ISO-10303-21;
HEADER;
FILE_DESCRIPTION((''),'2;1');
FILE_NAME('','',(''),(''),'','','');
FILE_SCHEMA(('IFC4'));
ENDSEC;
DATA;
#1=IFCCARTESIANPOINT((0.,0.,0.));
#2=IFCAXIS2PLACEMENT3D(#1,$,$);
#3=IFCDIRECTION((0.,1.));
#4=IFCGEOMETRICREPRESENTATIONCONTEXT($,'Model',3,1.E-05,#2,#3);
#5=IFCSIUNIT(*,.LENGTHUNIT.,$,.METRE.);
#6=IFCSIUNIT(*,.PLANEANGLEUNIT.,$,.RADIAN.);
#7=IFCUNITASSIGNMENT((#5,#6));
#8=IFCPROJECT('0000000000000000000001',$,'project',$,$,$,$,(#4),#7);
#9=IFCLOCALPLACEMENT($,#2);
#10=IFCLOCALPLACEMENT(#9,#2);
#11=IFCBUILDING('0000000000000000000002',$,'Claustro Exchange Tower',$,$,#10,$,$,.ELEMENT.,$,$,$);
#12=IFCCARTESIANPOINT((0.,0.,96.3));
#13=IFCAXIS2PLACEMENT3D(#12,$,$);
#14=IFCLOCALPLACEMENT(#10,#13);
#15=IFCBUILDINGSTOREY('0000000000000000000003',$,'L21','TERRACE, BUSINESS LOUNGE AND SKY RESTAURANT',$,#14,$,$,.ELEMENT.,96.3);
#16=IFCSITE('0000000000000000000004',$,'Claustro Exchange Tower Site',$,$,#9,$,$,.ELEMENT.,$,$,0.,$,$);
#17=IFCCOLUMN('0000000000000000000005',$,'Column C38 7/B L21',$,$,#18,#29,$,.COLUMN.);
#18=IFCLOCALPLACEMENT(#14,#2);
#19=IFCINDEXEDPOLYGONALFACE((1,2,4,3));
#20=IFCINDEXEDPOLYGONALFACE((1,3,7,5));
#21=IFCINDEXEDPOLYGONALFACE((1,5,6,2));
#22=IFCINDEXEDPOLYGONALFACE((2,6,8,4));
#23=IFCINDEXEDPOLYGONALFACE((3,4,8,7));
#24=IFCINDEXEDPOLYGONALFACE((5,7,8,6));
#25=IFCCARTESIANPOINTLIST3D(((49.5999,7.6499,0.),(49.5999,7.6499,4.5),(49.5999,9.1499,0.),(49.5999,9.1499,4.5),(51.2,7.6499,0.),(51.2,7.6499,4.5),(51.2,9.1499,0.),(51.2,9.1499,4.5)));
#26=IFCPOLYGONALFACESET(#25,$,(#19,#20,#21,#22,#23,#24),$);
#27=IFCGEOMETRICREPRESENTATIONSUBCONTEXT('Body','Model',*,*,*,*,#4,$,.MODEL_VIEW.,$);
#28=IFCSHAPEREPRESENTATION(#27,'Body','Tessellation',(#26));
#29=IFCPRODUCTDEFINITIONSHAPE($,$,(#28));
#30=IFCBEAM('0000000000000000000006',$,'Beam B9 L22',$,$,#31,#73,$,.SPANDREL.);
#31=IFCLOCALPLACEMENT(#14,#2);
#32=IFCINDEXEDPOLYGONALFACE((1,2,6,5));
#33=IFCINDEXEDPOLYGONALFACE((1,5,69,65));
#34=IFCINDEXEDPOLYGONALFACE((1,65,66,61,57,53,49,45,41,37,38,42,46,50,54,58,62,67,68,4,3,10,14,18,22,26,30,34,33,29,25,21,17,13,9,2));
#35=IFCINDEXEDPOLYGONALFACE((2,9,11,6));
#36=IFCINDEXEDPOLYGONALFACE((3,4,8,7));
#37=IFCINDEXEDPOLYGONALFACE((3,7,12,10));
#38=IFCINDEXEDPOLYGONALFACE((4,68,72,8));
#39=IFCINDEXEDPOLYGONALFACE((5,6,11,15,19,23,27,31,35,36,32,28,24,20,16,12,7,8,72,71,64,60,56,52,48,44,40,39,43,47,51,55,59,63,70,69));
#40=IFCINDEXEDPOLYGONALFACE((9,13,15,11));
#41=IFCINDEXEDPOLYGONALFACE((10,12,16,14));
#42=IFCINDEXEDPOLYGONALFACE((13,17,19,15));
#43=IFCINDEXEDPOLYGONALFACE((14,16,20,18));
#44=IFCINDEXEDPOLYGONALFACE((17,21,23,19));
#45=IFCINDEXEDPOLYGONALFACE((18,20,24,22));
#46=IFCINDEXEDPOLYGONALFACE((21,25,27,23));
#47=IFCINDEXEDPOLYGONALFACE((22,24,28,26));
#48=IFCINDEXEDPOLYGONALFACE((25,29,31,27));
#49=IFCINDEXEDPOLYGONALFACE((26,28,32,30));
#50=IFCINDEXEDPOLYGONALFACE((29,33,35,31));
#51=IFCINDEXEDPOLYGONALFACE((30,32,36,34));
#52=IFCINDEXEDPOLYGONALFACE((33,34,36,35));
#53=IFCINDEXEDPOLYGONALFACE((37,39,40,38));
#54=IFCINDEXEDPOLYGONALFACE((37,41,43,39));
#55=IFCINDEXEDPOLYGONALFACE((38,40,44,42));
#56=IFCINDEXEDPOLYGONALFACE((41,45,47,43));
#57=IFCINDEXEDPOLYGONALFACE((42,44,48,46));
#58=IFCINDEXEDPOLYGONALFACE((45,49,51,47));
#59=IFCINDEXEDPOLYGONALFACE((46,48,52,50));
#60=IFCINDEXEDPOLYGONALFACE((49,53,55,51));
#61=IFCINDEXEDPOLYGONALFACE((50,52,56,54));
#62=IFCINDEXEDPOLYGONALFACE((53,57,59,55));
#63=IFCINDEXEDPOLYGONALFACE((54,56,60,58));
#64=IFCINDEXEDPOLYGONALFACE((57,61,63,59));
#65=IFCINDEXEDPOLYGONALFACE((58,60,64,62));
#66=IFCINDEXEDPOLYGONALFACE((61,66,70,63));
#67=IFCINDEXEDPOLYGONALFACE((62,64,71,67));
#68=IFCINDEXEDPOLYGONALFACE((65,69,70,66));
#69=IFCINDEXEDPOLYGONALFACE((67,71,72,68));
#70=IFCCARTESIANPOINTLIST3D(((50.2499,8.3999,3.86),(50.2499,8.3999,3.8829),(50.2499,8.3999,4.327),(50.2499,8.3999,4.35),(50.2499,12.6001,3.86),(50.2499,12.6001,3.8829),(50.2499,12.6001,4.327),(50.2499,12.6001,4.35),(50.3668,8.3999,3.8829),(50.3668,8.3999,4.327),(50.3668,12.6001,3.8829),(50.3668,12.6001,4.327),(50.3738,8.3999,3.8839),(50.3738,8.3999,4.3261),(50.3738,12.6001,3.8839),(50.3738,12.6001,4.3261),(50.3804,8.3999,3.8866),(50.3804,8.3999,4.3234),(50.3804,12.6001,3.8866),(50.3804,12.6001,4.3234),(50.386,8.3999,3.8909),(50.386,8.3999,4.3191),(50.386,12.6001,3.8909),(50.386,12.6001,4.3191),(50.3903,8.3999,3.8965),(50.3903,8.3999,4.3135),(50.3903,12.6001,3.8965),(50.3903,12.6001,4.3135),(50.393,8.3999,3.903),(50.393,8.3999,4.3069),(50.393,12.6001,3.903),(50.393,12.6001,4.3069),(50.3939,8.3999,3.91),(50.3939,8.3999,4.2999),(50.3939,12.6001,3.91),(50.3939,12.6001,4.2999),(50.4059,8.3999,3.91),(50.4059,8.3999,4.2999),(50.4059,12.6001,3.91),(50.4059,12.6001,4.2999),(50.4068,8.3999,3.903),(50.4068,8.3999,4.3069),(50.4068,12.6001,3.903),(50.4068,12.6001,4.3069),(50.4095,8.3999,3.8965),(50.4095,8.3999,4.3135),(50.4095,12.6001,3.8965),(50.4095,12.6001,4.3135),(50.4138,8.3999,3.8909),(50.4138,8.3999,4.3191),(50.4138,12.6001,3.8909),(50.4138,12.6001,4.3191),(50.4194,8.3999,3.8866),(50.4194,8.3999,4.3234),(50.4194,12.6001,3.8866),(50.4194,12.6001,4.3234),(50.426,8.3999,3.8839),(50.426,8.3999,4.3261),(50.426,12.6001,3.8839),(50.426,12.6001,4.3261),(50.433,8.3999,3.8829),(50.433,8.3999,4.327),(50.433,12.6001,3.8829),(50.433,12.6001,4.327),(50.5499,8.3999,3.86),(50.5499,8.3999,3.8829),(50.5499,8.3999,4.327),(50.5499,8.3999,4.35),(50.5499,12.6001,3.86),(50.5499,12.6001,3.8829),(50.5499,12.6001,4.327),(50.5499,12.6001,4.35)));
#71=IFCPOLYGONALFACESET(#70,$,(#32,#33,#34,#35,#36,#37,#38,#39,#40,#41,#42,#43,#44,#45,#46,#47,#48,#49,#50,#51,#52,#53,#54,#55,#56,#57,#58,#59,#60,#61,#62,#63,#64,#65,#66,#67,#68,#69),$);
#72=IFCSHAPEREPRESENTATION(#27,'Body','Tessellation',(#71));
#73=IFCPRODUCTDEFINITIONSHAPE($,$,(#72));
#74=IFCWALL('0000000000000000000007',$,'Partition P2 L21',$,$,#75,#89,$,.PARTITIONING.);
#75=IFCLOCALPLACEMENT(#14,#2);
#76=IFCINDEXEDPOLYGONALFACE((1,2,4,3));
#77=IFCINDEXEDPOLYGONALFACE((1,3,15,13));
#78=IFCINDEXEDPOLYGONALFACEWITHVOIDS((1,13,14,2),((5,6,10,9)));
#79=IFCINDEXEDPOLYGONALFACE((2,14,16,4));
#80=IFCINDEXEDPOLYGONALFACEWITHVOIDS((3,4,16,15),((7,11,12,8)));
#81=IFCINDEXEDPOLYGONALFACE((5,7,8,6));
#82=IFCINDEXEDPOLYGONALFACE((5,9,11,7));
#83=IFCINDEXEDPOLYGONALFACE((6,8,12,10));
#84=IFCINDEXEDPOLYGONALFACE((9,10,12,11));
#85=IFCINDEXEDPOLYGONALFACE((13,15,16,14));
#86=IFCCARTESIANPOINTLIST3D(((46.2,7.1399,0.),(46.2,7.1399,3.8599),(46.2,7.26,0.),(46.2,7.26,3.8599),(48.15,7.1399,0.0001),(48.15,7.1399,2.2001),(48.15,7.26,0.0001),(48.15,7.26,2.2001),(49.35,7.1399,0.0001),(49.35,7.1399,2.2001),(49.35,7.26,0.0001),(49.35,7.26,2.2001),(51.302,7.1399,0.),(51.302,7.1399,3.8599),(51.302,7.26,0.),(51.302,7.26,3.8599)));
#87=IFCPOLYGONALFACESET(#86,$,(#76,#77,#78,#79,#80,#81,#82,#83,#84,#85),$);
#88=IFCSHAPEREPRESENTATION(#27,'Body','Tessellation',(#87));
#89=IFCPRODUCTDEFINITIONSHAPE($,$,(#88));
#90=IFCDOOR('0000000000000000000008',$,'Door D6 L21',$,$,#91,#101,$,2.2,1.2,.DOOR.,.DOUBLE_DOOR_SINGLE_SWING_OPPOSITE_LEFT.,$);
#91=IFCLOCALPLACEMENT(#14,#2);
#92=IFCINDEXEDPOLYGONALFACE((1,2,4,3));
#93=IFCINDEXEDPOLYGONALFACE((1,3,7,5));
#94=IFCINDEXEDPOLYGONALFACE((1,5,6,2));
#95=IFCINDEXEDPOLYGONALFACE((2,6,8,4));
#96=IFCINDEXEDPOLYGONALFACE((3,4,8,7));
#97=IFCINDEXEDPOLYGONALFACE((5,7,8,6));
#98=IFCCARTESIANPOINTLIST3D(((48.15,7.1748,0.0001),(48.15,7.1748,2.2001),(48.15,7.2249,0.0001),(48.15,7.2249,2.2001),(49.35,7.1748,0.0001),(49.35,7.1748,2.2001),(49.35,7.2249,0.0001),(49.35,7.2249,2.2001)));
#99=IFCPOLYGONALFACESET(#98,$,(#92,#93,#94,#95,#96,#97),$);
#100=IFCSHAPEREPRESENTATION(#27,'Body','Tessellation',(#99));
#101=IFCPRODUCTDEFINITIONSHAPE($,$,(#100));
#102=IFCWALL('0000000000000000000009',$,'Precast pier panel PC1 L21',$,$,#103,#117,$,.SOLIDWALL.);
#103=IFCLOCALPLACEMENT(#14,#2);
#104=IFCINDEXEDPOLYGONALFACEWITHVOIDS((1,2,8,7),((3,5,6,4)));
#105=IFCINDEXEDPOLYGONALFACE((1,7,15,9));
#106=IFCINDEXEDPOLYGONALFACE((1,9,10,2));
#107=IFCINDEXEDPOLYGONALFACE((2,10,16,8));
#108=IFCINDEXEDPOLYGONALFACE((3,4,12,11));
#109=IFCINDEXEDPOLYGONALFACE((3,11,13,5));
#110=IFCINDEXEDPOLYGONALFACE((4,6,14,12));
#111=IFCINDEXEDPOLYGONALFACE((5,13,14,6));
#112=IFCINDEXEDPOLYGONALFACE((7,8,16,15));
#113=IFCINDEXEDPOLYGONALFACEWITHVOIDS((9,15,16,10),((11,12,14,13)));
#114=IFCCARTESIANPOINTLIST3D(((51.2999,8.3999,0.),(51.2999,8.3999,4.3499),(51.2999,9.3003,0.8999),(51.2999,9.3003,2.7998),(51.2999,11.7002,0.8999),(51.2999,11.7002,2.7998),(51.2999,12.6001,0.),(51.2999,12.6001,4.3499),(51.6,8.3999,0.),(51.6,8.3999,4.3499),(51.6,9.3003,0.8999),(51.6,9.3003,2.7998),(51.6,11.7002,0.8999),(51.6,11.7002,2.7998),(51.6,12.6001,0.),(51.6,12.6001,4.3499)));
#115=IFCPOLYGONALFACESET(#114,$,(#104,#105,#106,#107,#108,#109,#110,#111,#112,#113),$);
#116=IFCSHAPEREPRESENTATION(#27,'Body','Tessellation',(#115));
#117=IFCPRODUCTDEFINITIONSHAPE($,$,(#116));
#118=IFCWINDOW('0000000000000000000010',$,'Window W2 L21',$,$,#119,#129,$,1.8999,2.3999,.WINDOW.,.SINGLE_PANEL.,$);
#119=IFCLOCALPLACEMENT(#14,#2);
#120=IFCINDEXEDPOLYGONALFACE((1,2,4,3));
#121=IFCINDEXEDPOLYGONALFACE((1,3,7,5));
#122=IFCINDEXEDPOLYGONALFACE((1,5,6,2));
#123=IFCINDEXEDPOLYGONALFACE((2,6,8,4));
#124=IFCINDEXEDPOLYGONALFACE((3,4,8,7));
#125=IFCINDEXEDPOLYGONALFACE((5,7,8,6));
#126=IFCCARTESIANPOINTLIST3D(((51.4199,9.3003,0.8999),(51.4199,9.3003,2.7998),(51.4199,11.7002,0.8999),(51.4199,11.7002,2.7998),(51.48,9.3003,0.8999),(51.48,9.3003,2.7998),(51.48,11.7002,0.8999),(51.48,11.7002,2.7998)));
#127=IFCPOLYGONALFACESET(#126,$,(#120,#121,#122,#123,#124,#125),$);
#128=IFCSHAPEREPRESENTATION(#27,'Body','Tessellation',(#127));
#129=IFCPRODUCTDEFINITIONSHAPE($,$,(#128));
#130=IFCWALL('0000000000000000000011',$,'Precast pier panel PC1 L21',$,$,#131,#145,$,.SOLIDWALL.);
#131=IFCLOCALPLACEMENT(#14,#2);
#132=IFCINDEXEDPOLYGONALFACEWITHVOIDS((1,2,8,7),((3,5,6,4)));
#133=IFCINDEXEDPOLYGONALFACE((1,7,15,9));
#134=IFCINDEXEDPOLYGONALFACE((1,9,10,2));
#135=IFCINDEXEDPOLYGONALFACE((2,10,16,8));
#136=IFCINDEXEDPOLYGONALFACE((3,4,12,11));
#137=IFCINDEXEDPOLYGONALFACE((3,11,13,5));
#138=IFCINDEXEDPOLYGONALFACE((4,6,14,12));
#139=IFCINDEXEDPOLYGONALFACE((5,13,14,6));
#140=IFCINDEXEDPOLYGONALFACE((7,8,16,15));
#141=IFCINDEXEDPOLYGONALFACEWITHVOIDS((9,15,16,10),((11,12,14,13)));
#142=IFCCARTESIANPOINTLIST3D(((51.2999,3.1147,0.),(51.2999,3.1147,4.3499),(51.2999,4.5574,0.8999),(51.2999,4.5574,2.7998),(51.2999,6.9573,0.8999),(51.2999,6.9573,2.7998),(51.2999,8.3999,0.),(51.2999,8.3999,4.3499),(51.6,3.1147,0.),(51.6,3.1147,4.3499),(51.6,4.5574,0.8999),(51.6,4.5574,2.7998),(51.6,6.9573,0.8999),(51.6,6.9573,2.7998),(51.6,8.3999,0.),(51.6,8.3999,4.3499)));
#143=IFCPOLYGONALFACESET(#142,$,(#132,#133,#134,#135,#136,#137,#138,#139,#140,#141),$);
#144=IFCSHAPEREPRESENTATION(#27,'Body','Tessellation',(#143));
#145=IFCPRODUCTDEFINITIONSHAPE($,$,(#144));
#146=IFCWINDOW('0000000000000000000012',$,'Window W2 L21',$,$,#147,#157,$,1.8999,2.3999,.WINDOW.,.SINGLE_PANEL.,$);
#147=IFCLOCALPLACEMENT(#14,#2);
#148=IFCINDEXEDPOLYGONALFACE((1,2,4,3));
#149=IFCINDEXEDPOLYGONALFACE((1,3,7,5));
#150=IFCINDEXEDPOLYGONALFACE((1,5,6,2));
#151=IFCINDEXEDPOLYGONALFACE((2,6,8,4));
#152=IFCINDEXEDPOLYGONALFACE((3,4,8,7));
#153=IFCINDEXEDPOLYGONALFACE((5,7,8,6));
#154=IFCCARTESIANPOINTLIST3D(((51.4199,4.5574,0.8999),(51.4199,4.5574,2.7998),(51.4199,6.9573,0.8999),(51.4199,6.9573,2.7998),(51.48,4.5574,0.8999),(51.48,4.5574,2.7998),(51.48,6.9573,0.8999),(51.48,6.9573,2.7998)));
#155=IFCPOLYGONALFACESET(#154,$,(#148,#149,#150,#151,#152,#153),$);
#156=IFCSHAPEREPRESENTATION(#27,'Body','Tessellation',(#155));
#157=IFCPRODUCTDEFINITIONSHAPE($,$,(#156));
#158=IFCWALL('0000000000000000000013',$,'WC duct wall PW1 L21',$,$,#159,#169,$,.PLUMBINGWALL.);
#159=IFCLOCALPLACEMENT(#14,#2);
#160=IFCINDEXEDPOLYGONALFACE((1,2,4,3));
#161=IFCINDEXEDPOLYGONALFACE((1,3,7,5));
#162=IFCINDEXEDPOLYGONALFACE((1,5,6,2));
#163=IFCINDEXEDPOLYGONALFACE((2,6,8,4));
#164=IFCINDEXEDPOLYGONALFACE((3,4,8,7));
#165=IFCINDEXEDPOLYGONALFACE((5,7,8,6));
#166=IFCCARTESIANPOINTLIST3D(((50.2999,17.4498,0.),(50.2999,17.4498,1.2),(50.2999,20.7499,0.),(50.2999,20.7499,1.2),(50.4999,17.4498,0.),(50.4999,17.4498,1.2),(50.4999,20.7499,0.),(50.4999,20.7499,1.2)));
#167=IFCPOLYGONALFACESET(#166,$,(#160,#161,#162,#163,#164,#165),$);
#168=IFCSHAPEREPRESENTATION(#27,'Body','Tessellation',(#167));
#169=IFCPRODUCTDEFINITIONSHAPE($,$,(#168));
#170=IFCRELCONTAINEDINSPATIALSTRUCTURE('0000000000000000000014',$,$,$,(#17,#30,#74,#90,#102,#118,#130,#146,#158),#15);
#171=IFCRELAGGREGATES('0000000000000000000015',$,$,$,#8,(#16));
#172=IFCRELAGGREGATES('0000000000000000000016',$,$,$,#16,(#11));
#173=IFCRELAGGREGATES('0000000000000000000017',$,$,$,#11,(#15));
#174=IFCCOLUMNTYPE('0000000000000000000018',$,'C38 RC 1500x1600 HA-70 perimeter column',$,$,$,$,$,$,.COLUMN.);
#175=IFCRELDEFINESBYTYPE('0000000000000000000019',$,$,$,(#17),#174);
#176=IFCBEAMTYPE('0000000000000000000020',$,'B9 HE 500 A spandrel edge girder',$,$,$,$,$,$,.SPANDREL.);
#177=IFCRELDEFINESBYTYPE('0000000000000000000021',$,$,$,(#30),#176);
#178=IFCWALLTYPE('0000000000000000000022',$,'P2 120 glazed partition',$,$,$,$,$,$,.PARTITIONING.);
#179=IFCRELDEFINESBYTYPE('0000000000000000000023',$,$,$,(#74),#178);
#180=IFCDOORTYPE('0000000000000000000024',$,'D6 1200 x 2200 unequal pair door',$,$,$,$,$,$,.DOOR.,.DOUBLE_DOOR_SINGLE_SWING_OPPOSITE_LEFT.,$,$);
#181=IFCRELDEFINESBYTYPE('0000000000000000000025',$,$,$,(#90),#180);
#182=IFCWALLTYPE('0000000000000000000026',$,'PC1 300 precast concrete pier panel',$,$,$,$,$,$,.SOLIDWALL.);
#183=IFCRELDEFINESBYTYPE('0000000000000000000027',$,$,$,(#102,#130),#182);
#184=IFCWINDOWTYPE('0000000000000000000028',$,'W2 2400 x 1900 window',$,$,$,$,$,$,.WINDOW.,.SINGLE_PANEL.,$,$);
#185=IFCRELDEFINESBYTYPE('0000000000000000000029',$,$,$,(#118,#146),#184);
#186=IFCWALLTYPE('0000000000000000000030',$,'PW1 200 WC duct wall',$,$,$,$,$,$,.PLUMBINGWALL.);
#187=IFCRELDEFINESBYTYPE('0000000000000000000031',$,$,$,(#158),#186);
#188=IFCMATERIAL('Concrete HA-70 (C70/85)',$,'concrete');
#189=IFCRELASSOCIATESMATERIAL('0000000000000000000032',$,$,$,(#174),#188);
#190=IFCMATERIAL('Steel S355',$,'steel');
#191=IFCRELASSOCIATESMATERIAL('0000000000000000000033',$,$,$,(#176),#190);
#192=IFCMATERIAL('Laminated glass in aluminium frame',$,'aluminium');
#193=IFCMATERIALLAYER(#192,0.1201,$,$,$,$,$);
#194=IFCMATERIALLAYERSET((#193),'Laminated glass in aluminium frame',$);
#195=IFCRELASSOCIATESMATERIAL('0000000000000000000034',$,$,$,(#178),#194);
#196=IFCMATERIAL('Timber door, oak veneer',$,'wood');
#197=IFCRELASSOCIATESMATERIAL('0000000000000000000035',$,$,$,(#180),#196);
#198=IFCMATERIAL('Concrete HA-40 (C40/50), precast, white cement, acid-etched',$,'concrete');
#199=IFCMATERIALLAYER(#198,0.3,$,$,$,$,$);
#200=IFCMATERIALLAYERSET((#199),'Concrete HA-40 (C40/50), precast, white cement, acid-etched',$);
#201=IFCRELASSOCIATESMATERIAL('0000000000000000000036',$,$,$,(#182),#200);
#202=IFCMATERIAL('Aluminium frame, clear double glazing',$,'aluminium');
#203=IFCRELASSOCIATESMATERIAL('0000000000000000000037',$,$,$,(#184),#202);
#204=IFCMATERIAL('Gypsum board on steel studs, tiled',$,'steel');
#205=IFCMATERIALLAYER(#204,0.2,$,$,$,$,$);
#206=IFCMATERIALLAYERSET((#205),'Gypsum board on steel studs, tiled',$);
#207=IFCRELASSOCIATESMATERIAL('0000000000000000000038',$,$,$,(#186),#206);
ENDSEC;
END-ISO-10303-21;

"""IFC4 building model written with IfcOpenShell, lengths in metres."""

from ifc_helpers import new_model, si_unit, direction, frame, frame_2d, origin, origin_2d, place, context, subcontext, project, spatial, rectangle, i_section, extrude, material, layer, layer_set, material_profile, profile_set, type_object, element, fill, save


model = new_model("IFC4")

# Units and contexts
model_context = context("Model", 3, precision=1e-05, world=origin(), true_north=direction((0.0, 1.0)))
body_context = subcontext(model_context, "Body", "Model", "MODEL_VIEW")
ifc_project = project(units=[si_unit("LENGTHUNIT", "METRE"), si_unit("PLANEANGLEUNIT", "RADIAN")], contexts=[model_context])

# Site, building, storey
site_placement = place(None, origin())
site = spatial("IfcSite", under=ifc_project, at=site_placement, Name="Claustro Exchange Tower Site", CompositionType="ELEMENT", RefElevation=0.0)
building_placement = place(site_placement, origin())
building = spatial("IfcBuilding", under=site, at=building_placement, Name="Claustro Exchange Tower", CompositionType="ELEMENT")
storey_placement = place(building_placement, frame((0.0, 0.0, 96.3)))
storey = spatial("IfcBuildingStorey", under=building, at=storey_placement, Name="L21", Description="TERRACE, BUSINESS LOUNGE AND SKY RESTAURANT", CompositionType="ELEMENT", Elevation=96.3)

# Column
ifc_material_1 = material(Name="Concrete HA-70 (C70/85)", Category="concrete")
ifc_material_profile_1 = material_profile(ifc_material_1, rectangle(XDim=1.5, YDim=1.6001, at=origin_2d()), Name="RC 1500x1600")
ifc_profile_set_1 = profile_set([ifc_material_profile_1], Name="Concrete HA-70 (C70/85)")
column_type = type_object("IfcColumnType", Name="C38 RC 1500x1600 HA-70 perimeter column", PredefinedType="COLUMN", material=ifc_profile_set_1)
column_placement = place(storey_placement, frame((50.3999, 8.3999, 0.0), z_axis=(0.0, 0.0, 1.0), x_axis=(0.0, 1.0, 0.0)))
element("IfcColumn", 1, at=column_placement, inside=storey, type_object=column_type, Name="Column C38 7/B L21", PredefinedType="COLUMN", context=body_context, shape_type="SweptSolid", body=[
    extrude(rectangle(XDim=1.5, YDim=1.6001, at=origin_2d()), origin(), (0.0, 0.0, 1.0), 4.5),
])

# Beam
ifc_material_2 = material(Name="Steel S355", Category="steel")
ifc_material_profile_2 = material_profile(ifc_material_2, i_section(OverallWidth=0.3, OverallDepth=0.49, WebThickness=0.012, FlangeThickness=0.0229, FilletRadius=0.0271, at=origin_2d()), Name="HE 500 A")
ifc_profile_set_2 = profile_set([ifc_material_profile_2], Name="Steel S355")
beam_type = type_object("IfcBeamType", Name="B9 HE 500 A spandrel edge girder", PredefinedType="SPANDREL", material=ifc_profile_set_2)
beam_placement = place(storey_placement, frame((50.3999, 8.3999, 4.105), z_axis=(0.0, 1.0, 0.0), x_axis=(-1.0, 0.0, 0.0)))
element("IfcBeam", 2, at=beam_placement, inside=storey, type_object=beam_type, Name="Beam B9 L22", PredefinedType="SPANDREL", context=body_context, shape_type="SweptSolid", body=[
    extrude(i_section(OverallWidth=0.3, OverallDepth=0.49, WebThickness=0.012, FlangeThickness=0.0229, FilletRadius=0.0271, at=origin_2d()), origin(), (0.0, 0.0, 1.0), 4.2002),
])

# Wall, opening, door
ifc_material_3 = material(Name="Laminated glass in aluminium frame", Category="aluminium")
ifc_layer_1 = layer(ifc_material_3, 0.1201)
ifc_layer_set_1 = layer_set([ifc_layer_1], Name="Laminated glass in aluminium frame")
wall_type_1 = type_object("IfcWallType", Name="P2 120 glazed partition", PredefinedType="PARTITIONING", material=ifc_layer_set_1)
wall_1_placement = place(storey_placement, frame((46.2, 7.2, 0.0), z_axis=(0.0, 0.0, 1.0), x_axis=(1.0, 0.0, 0.0)))
wall_1 = element("IfcWall", 3, at=wall_1_placement, inside=storey, type_object=wall_type_1, Name="Partition P2 L21", PredefinedType="PARTITIONING", context=body_context, shape_type="SweptSolid", body=[
    extrude(rectangle(XDim=5.1021, YDim=0.1201, at=frame_2d((2.551, 0.0))), origin(), (0.0, 0.0, 1.0), 3.8599),
])
opening_1_placement = place(wall_1_placement, frame((1.95, 0.0, 0.0)))
opening_1 = element("IfcOpeningElement", 4, at=opening_1_placement, cuts=wall_1, PredefinedType="OPENING", context=body_context, shape_type="SweptSolid", body=[
    extrude(rectangle(XDim=1.2, YDim=2.2, at=frame_2d((0.6001, 1.1001))), frame((0.0, 0.0701, 0.0), z_axis=(0.0, -1.0, 0.0), x_axis=(1.0, 0.0, 0.0)), (0.0, 0.0, 1.0), 0.1401),
])
ifc_material_4 = material(Name="Timber door, oak veneer", Category="wood")
door_type = type_object("IfcDoorType", Name="D6 1200 x 2200 unequal pair door", OperationType="DOUBLE_DOOR_SINGLE_SWING_OPPOSITE_LEFT", PredefinedType="DOOR", material=ifc_material_4)
door_placement = place(opening_1_placement, origin())
door = element("IfcDoor", 5, at=door_placement, inside=storey, type_object=door_type, Name="Door D6 L21", OperationType="DOUBLE_DOOR_SINGLE_SWING_OPPOSITE_LEFT", OverallHeight=2.2, OverallWidth=1.2, PredefinedType="DOOR", context=body_context, shape_type="SweptSolid", body=[
    extrude(rectangle(XDim=1.2, YDim=2.2, at=frame_2d((0.6001, 1.1001))), frame((0.0, 0.0249, 0.0), z_axis=(0.0, -1.0, 0.0), x_axis=(1.0, 0.0, 0.0)), (0.0, 0.0, 1.0), 0.05),
])
fill(opening_1, door)

# Walls, openings, windows
ifc_material_5 = material(Name="Concrete HA-40 (C40/50), precast, white cement, acid-etched", Category="concrete")
ifc_layer_2 = layer(ifc_material_5, 0.3)
ifc_layer_set_2 = layer_set([ifc_layer_2], Name="Concrete HA-40 (C40/50), precast, white cement, acid-etched")
wall_type_2 = type_object("IfcWallType", Name="PC1 300 precast concrete pier panel", PredefinedType="SOLIDWALL", material=ifc_layer_set_2)
wall_2_placement = place(storey_placement, frame((51.45, 12.6001, 0.0), z_axis=(0.0, 0.0, 1.0), x_axis=(0.0, -1.0, 0.0)))
wall_2 = element("IfcWall", 6, at=wall_2_placement, inside=storey, type_object=wall_type_2, Name="Precast pier panel PC1 L21", PredefinedType="SOLIDWALL", context=body_context, shape_type="SweptSolid", body=[
    extrude(rectangle(XDim=4.2002, YDim=0.3, at=frame_2d((2.1001, 0.0))), origin(), (0.0, 0.0, 1.0), 4.3499),
])
opening_2_placement = place(wall_2_placement, frame((0.8999, 0.0, 0.8999)))
opening_2 = element("IfcOpeningElement", 7, at=opening_2_placement, cuts=wall_2, PredefinedType="OPENING", context=body_context, shape_type="SweptSolid", body=[
    extrude(rectangle(XDim=2.3999, YDim=1.8999, at=frame_2d((1.2, 0.95))), frame((0.0, 0.1599, 0.0), z_axis=(0.0, -1.0, 0.0), x_axis=(1.0, 0.0, 0.0)), (0.0, 0.0, 1.0), 0.3201),
])
ifc_material_6 = material(Name="Aluminium frame, clear double glazing", Category="aluminium")
window_type = type_object("IfcWindowType", Name="W2 2400 x 1900 window", PartitioningType="SINGLE_PANEL", PredefinedType="WINDOW", material=ifc_material_6)
window_1_placement = place(opening_2_placement, origin())
window_1 = element("IfcWindow", 8, at=window_1_placement, inside=storey, type_object=window_type, Name="Window W2 L21", OverallHeight=1.8999, OverallWidth=2.3999, PartitioningType="SINGLE_PANEL", PredefinedType="WINDOW", context=body_context, shape_type="SweptSolid", body=[
    extrude(rectangle(XDim=2.3999, YDim=1.8999, at=frame_2d((1.2, 0.95))), frame((0.0, 0.03, 0.0), z_axis=(0.0, -1.0, 0.0), x_axis=(1.0, 0.0, 0.0)), (0.0, 0.0, 1.0), 0.0601),
])
fill(opening_2, window_1)
wall_3_placement = place(storey_placement, frame((51.45, 8.3999, 0.0), z_axis=(0.0, 0.0, 1.0), x_axis=(0.0, -1.0, 0.0)))
wall_3 = element("IfcWall", 9, at=wall_3_placement, inside=storey, type_object=wall_type_2, Name="Precast pier panel PC1 L21", PredefinedType="SOLIDWALL", context=body_context, shape_type="SweptSolid", body=[
    extrude(rectangle(XDim=5.2852, YDim=0.3, at=frame_2d((2.6426, 0.0))), origin(), (0.0, 0.0, 1.0), 4.3499),
])
opening_3_placement = place(wall_3_placement, frame((1.4426, 0.0, 0.8999)))
opening_3 = element("IfcOpeningElement", 10, at=opening_3_placement, cuts=wall_3, PredefinedType="OPENING", context=body_context, shape_type="SweptSolid", body=[
    extrude(rectangle(XDim=2.3999, YDim=1.8999, at=frame_2d((1.2, 0.95))), frame((0.0, 0.1599, 0.0), z_axis=(0.0, -1.0, 0.0), x_axis=(1.0, 0.0, 0.0)), (0.0, 0.0, 1.0), 0.3201),
])
window_2_placement = place(opening_3_placement, origin())
window_2 = element("IfcWindow", 11, at=window_2_placement, inside=storey, type_object=window_type, Name="Window W2 L21", OverallHeight=1.8999, OverallWidth=2.3999, PartitioningType="SINGLE_PANEL", PredefinedType="WINDOW", context=body_context, shape_type="SweptSolid", body=[
    extrude(rectangle(XDim=2.3999, YDim=1.8999, at=frame_2d((1.2, 0.95))), frame((0.0, 0.03, 0.0), z_axis=(0.0, -1.0, 0.0), x_axis=(1.0, 0.0, 0.0)), (0.0, 0.0, 1.0), 0.0601),
])
fill(opening_3, window_2)

# Wall
ifc_material_7 = material(Name="Gypsum board on steel studs, tiled", Category="steel")
ifc_layer_3 = layer(ifc_material_7, 0.2)
ifc_layer_set_3 = layer_set([ifc_layer_3], Name="Gypsum board on steel studs, tiled")
wall_type_3 = type_object("IfcWallType", Name="PW1 200 WC duct wall", PredefinedType="PLUMBINGWALL", material=ifc_layer_set_3)
for number, where, z_axis, x_axis, name in (
    (12, (50.3999, 17.45, 0.0), (0.0, 0.0, 1.0), (0.0, 1.0, 0.0), "WC duct wall PW1 L21"),
):
    element("IfcWall", number, at=place(storey_placement, frame(where, z_axis=z_axis, x_axis=x_axis)), inside=storey, type_object=wall_type_3, Name=name, PredefinedType="PLUMBINGWALL", context=body_context, shape_type="SweptSolid", body=[
        extrude(rectangle(XDim=3.3, YDim=0.2, at=frame_2d((1.6499, 0.0))), origin(), (0.0, 0.0, 1.0), 1.2),
    ])

save(model, "model.ifc")
